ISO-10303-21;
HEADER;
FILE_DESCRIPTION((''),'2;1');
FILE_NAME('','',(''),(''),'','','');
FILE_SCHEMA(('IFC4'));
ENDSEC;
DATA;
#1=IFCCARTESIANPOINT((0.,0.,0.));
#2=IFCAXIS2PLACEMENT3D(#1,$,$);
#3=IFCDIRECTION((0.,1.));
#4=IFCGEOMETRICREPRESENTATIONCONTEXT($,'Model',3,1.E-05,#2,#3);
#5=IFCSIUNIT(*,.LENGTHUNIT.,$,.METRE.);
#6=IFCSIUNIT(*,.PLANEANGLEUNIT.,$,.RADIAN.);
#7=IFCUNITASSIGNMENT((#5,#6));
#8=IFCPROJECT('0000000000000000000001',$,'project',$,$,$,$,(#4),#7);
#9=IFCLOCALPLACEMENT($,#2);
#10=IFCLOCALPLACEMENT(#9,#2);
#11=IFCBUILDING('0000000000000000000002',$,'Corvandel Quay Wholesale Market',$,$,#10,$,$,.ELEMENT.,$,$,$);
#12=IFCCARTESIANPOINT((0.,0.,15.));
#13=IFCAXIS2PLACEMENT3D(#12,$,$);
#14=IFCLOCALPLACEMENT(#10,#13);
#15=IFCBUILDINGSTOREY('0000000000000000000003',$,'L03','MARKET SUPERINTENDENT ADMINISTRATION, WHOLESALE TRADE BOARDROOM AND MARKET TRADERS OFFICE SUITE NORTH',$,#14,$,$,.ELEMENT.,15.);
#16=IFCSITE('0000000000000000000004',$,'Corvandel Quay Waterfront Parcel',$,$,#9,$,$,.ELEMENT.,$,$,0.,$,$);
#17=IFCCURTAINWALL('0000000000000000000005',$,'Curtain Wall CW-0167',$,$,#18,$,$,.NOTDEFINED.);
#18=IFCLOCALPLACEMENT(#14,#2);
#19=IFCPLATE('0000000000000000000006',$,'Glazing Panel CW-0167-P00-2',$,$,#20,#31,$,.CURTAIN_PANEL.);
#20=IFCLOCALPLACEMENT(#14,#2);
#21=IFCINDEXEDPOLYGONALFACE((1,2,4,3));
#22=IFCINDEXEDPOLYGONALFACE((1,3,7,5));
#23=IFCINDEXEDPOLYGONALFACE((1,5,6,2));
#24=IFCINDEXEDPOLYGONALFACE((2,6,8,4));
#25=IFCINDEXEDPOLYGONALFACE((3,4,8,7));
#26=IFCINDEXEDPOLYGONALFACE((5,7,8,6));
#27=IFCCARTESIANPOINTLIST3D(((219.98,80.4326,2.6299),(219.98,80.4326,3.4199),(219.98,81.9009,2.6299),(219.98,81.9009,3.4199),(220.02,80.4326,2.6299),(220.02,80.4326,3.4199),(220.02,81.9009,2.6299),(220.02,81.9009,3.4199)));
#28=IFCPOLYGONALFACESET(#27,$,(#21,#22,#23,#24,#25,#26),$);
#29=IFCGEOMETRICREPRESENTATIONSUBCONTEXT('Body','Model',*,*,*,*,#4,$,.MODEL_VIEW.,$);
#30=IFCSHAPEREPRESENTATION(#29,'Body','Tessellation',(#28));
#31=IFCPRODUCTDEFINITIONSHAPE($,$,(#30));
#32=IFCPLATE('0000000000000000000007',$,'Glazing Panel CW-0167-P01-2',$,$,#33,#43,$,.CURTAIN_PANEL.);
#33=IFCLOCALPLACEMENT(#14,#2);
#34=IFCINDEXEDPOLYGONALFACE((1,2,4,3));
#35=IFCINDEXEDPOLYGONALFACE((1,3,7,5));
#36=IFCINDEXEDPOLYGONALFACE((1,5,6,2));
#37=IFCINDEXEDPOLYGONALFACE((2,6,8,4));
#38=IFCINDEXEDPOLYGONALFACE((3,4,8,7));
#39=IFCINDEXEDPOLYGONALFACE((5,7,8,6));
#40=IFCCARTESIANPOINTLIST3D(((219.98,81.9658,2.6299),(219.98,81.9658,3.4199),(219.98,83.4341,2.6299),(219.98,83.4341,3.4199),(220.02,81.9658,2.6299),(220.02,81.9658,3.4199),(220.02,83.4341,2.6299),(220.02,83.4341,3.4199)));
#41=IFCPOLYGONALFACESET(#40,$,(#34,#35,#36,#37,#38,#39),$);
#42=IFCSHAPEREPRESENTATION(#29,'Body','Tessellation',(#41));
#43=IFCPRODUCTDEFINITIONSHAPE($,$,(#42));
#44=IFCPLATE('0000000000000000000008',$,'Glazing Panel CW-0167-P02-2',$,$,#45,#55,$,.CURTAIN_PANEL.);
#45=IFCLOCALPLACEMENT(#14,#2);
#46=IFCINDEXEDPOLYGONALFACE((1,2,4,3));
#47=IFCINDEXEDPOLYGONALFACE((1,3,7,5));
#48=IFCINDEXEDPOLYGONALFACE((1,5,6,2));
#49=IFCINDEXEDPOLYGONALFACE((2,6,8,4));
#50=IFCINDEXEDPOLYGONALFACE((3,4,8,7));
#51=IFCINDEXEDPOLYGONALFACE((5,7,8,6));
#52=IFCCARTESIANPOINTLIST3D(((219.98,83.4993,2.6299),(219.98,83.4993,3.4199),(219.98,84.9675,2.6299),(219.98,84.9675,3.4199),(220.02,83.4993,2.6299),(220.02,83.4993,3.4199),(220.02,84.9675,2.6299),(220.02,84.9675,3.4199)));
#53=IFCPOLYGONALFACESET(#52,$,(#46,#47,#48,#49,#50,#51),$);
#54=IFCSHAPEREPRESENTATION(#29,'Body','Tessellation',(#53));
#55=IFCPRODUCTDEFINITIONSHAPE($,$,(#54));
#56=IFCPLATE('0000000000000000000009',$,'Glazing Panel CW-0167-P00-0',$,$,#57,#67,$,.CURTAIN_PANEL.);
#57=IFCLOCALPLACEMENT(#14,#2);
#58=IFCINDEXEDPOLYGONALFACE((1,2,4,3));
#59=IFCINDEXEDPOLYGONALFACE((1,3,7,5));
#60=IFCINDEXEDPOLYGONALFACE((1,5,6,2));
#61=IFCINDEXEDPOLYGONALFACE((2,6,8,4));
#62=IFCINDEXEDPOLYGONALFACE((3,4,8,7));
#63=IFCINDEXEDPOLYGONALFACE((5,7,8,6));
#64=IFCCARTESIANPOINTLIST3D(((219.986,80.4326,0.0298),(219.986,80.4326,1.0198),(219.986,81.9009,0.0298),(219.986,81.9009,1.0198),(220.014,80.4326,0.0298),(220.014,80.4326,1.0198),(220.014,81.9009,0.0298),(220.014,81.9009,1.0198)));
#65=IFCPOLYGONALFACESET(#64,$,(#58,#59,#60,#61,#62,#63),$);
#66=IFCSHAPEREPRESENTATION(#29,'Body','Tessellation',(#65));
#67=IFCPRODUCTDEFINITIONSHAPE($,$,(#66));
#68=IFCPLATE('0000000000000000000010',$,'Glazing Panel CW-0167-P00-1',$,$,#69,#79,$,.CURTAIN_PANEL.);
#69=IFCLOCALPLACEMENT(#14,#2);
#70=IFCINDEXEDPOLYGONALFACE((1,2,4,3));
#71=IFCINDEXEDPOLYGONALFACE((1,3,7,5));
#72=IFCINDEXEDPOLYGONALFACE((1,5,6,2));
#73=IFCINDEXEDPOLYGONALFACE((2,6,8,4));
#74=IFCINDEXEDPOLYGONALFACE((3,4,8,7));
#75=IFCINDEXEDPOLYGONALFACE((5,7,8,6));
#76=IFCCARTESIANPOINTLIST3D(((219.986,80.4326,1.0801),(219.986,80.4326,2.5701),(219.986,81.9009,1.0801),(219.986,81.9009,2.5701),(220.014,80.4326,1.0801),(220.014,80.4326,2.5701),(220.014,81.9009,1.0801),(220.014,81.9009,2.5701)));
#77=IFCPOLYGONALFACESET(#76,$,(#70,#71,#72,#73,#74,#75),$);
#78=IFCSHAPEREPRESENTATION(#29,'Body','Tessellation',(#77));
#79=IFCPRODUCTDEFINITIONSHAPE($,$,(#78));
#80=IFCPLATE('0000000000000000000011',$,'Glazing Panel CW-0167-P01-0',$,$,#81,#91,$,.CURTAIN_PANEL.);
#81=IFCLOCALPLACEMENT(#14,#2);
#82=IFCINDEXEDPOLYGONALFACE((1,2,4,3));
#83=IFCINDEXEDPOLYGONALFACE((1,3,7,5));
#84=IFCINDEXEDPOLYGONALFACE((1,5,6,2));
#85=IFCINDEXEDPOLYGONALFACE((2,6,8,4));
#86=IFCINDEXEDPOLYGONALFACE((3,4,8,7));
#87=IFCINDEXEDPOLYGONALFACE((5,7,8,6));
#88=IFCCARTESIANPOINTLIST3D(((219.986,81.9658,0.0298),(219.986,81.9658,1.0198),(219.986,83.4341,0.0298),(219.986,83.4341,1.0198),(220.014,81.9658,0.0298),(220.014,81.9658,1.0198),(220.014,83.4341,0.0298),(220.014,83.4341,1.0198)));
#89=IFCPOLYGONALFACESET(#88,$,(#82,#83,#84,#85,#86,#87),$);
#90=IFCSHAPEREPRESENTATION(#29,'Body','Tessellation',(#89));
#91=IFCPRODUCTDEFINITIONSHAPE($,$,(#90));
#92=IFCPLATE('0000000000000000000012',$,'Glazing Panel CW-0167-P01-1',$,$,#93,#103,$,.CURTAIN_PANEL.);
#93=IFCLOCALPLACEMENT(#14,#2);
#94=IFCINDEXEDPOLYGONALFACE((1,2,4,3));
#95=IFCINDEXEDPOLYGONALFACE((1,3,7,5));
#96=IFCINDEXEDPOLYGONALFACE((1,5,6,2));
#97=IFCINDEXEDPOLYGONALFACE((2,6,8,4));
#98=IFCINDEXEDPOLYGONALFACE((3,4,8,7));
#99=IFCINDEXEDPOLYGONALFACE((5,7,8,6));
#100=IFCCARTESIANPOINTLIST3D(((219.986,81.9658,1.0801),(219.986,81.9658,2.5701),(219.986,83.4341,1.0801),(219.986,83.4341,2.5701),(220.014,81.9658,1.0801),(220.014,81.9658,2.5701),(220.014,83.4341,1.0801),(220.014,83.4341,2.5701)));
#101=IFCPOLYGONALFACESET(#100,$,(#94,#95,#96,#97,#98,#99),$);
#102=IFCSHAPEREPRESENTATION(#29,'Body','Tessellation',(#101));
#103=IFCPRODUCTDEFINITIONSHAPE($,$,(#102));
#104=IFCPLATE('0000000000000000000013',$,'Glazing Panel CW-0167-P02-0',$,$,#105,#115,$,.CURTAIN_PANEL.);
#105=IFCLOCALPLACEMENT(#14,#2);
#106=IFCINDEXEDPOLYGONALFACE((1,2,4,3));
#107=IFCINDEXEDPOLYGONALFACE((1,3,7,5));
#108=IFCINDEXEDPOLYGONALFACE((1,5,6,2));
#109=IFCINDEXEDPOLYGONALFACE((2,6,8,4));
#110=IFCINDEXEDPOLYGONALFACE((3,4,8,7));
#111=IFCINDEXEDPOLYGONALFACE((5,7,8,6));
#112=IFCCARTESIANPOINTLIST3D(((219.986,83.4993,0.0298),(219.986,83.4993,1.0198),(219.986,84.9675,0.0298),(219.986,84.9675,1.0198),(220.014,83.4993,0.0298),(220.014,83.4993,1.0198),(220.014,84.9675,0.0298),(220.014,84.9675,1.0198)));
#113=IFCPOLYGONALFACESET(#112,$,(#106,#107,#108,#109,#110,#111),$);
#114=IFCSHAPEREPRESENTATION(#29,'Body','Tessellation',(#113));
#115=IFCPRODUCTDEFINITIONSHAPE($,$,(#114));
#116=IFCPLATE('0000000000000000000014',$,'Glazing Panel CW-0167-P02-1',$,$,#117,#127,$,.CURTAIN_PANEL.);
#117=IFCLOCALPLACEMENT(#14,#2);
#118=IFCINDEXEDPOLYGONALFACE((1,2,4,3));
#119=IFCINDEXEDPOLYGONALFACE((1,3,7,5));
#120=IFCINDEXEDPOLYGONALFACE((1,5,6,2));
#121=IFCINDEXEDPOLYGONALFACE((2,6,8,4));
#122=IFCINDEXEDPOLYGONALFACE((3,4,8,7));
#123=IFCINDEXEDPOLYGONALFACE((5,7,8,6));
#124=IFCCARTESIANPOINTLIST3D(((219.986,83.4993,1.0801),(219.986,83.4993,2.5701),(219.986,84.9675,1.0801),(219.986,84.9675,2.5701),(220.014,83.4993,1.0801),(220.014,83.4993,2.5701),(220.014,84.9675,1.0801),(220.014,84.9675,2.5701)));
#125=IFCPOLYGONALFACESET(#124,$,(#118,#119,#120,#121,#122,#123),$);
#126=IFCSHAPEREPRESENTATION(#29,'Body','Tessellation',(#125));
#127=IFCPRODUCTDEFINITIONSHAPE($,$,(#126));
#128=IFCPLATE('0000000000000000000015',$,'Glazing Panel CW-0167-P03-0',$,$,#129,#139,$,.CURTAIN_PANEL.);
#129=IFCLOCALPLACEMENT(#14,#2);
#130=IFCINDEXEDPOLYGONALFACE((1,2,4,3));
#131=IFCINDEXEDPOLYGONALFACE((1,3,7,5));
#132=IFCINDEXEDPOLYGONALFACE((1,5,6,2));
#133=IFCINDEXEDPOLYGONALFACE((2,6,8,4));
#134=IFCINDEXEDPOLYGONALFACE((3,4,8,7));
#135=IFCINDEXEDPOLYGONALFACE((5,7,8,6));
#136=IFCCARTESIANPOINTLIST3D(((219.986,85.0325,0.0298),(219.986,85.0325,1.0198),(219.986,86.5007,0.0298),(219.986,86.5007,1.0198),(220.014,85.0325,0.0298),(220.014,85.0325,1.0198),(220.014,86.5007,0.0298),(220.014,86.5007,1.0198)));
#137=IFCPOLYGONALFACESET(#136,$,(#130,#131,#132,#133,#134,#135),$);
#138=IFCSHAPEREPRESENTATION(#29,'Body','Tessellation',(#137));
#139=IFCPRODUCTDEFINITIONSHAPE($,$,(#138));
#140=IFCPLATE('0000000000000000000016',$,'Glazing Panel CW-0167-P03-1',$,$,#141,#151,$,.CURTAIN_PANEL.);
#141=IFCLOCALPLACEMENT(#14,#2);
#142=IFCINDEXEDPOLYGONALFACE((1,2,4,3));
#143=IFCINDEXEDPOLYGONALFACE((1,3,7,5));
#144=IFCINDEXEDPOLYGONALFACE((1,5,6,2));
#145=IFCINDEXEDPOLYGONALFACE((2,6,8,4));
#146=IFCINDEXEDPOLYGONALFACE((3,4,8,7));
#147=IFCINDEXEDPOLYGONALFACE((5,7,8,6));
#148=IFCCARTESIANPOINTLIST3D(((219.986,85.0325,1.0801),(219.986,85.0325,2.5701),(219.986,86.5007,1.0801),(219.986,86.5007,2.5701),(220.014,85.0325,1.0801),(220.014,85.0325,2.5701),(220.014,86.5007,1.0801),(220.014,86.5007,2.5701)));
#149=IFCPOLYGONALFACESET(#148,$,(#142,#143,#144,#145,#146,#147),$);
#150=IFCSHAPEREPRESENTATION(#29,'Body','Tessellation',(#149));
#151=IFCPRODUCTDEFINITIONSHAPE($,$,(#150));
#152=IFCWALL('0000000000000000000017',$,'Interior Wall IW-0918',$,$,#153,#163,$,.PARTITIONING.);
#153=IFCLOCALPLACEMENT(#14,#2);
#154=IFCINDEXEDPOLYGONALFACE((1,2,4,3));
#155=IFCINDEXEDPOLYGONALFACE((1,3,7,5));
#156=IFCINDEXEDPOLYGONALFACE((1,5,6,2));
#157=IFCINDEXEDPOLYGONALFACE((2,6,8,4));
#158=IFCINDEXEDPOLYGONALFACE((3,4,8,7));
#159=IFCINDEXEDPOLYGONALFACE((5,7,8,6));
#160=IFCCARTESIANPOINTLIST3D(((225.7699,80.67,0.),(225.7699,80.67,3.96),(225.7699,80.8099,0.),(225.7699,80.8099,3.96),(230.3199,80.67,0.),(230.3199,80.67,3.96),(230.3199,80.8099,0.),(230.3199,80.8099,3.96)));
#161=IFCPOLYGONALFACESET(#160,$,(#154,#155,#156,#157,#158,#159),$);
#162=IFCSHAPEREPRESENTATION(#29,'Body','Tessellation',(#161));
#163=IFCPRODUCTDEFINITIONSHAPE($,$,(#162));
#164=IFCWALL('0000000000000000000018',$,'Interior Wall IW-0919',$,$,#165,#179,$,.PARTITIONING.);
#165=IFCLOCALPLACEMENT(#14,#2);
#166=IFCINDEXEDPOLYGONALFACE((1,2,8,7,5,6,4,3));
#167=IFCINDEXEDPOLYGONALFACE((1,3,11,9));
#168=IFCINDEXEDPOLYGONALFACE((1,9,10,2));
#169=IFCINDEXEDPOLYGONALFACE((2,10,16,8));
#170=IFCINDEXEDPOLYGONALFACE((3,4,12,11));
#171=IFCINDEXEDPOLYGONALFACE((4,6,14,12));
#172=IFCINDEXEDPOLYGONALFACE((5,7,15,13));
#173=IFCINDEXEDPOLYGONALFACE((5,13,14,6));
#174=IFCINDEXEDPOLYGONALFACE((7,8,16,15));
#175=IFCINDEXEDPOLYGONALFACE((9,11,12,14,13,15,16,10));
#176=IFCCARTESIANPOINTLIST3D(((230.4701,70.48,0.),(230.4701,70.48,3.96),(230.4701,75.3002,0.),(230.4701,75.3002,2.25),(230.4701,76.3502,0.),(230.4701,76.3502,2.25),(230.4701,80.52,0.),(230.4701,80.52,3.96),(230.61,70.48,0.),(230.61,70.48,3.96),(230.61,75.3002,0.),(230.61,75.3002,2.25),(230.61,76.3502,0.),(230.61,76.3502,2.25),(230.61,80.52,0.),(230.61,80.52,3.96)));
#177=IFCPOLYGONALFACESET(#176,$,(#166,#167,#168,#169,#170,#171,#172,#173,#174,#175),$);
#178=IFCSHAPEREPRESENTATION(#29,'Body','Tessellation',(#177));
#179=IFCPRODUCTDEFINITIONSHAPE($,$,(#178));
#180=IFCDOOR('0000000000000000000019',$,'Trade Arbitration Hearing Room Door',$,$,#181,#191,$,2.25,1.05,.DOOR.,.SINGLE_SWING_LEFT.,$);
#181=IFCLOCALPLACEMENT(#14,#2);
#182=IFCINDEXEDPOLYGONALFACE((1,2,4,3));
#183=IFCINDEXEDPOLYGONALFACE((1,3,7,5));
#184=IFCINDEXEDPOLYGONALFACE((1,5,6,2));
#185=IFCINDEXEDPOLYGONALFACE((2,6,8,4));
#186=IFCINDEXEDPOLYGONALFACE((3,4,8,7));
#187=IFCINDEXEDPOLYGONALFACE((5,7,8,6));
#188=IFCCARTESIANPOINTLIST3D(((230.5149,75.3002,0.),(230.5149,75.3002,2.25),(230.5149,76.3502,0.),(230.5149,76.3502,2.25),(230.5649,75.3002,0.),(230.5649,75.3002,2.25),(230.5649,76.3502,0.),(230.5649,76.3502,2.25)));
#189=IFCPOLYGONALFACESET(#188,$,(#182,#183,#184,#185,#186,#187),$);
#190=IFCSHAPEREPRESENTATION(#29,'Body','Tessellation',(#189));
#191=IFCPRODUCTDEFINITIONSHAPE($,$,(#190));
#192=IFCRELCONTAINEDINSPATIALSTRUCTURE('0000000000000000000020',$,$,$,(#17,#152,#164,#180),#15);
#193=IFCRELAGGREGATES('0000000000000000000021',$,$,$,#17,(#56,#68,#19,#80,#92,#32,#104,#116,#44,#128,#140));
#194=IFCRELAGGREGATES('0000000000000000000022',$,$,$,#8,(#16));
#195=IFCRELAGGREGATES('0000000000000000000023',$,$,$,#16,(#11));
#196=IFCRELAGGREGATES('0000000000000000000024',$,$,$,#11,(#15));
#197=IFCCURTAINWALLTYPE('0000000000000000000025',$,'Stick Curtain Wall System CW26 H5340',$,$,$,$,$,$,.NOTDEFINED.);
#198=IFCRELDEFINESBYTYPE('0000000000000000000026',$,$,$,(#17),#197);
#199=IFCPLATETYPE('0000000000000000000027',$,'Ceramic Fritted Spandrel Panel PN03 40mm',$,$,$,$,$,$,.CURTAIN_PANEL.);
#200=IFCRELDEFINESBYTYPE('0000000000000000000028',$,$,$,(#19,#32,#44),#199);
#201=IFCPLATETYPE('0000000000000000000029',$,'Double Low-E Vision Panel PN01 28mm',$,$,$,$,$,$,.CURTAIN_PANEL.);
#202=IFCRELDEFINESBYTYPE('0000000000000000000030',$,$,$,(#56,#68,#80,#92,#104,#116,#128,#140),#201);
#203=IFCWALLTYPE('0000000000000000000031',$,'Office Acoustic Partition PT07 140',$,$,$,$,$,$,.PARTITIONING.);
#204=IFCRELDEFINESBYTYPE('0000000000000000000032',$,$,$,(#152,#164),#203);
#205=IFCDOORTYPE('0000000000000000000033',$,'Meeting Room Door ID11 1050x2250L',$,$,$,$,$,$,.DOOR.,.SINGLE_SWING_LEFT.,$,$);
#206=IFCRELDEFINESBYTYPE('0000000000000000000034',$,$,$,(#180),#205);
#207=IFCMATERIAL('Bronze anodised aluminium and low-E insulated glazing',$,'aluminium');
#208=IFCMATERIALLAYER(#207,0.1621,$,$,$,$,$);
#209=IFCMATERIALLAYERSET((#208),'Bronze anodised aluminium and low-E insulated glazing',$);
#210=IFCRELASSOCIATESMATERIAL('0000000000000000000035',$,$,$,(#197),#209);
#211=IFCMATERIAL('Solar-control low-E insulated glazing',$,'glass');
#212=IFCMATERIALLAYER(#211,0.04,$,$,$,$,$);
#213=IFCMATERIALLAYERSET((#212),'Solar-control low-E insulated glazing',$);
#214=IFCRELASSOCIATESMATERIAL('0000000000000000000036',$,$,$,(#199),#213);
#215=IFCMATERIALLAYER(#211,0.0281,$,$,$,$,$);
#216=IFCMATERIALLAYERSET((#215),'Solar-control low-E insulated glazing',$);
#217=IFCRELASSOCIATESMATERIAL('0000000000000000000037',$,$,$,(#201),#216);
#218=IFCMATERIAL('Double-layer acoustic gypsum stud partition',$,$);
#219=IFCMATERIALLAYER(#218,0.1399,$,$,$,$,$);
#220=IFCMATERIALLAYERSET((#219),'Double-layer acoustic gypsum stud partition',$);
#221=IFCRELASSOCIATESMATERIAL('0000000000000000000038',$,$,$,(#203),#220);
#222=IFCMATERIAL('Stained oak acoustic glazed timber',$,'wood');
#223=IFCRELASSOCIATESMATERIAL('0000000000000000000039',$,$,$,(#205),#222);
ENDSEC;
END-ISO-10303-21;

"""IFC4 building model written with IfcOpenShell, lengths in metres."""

from ifc_helpers import new_model, si_unit, direction, frame, frame_2d, origin, origin_2d, place, context, subcontext, project, spatial, rectangle, extrude, material, layer, layer_set, type_object, element, fill, aggregate, save


model = new_model("IFC4")

# Units and contexts
model_context = context("Model", 3, precision=1e-05, world=origin(), true_north=direction((0.0, 1.0)))
body_context = subcontext(model_context, "Body", "Model", "MODEL_VIEW")
ifc_project = project(units=[si_unit("LENGTHUNIT", "METRE"), si_unit("PLANEANGLEUNIT", "RADIAN")], contexts=[model_context])

# Site, building, storey
site_placement = place(None, origin())
site = spatial("IfcSite", under=ifc_project, at=site_placement, Name="Corvandel Quay Waterfront Parcel", CompositionType="ELEMENT", RefElevation=0.0)
building_placement = place(site_placement, origin())
building = spatial("IfcBuilding", under=site, at=building_placement, Name="Corvandel Quay Wholesale Market", CompositionType="ELEMENT")
storey_placement = place(building_placement, frame((0.0, 0.0, 15.0)))
storey = spatial("IfcBuildingStorey", under=building, at=storey_placement, Name="L03", Description="MARKET SUPERINTENDENT ADMINISTRATION, WHOLESALE TRADE BOARDROOM AND MARKET TRADERS OFFICE SUITE NORTH", CompositionType="ELEMENT", Elevation=15.0)

# Curtain wall, plates
ifc_material_1 = material(Name="Bronze anodised aluminium and low-E insulated glazing", Category="aluminium")
ifc_layer_1 = layer(ifc_material_1, 0.1621)
ifc_layer_set_1 = layer_set([ifc_layer_1], Name="Bronze anodised aluminium and low-E insulated glazing")
curtain_wall_type = type_object("IfcCurtainWallType", Name="Stick Curtain Wall System CW26 H5340", PredefinedType="NOTDEFINED", material=ifc_layer_set_1)
curtain_wall_placement = place(storey_placement, origin())
curtain_wall = element("IfcCurtainWall", 1, at=curtain_wall_placement, inside=storey, type_object=curtain_wall_type, Name="Curtain Wall CW-0167", PredefinedType="NOTDEFINED")
ifc_material_2 = material(Name="Solar-control low-E insulated glazing", Category="glass")
ifc_layer_2 = layer(ifc_material_2, 0.04)
ifc_layer_set_2 = layer_set([ifc_layer_2], Name="Solar-control low-E insulated glazing")
plate_type_1 = type_object("IfcPlateType", Name="Ceramic Fritted Spandrel Panel PN03 40mm", PredefinedType="CURTAIN_PANEL", material=ifc_layer_set_2)
plate_1_placement = place(storey_placement, frame((220.0, 81.1667, 2.6299), z_axis=(0.0, 0.0, 1.0), x_axis=(0.0, 1.0, 0.0)))
plate_1 = element("IfcPlate", 2, at=plate_1_placement, type_object=plate_type_1, Name="Glazing Panel CW-0167-P00-2", PredefinedType="CURTAIN_PANEL", context=body_context, shape_type="SweptSolid", body=[
    extrude(rectangle(XDim=1.4683, YDim=0.04, at=origin_2d()), origin(), (0.0, 0.0, 1.0), 0.79),
])
plate_2_placement = place(storey_placement, frame((220.0, 82.7, 2.6299), z_axis=(0.0, 0.0, 1.0), x_axis=(0.0, 1.0, 0.0)))
plate_2 = element("IfcPlate", 3, at=plate_2_placement, type_object=plate_type_1, Name="Glazing Panel CW-0167-P01-2", PredefinedType="CURTAIN_PANEL", context=body_context, shape_type="SweptSolid", body=[
    extrude(rectangle(XDim=1.4683, YDim=0.04, at=origin_2d()), origin(), (0.0, 0.0, 1.0), 0.79),
])
plate_3_placement = place(storey_placement, frame((220.0, 84.2334, 2.6299), z_axis=(0.0, 0.0, 1.0), x_axis=(0.0, 1.0, 0.0)))
plate_3 = element("IfcPlate", 4, at=plate_3_placement, type_object=plate_type_1, Name="Glazing Panel CW-0167-P02-2", PredefinedType="CURTAIN_PANEL", context=body_context, shape_type="SweptSolid", body=[
    extrude(rectangle(XDim=1.4683, YDim=0.04, at=origin_2d()), origin(), (0.0, 0.0, 1.0), 0.79),
])
ifc_layer_3 = layer(ifc_material_2, 0.0281)
ifc_layer_set_3 = layer_set([ifc_layer_3], Name="Solar-control low-E insulated glazing")
plate_type_2 = type_object("IfcPlateType", Name="Double Low-E Vision Panel PN01 28mm", PredefinedType="CURTAIN_PANEL", material=ifc_layer_set_3)
plate_4_placement = place(storey_placement, frame((220.0, 81.1667, 0.0298), z_axis=(0.0, 0.0, 1.0), x_axis=(0.0, 1.0, 0.0)))
plate_4 = element("IfcPlate", 5, at=plate_4_placement, type_object=plate_type_2, Name="Glazing Panel CW-0167-P00-0", PredefinedType="CURTAIN_PANEL", context=body_context, shape_type="SweptSolid", body=[
    extrude(rectangle(XDim=1.4683, YDim=0.0281, at=origin_2d()), origin(), (0.0, 0.0, 1.0), 0.99),
])
plate_5_placement = place(storey_placement, frame((220.0, 81.1667, 1.0801), z_axis=(0.0, 0.0, 1.0), x_axis=(0.0, 1.0, 0.0)))
plate_5 = element("IfcPlate", 6, at=plate_5_placement, type_object=plate_type_2, Name="Glazing Panel CW-0167-P00-1", PredefinedType="CURTAIN_PANEL", context=body_context, shape_type="SweptSolid", body=[
    extrude(rectangle(XDim=1.4683, YDim=0.0281, at=origin_2d()), origin(), (0.0, 0.0, 1.0), 1.49),
])
plate_6_placement = place(storey_placement, frame((220.0, 82.7, 0.0298), z_axis=(0.0, 0.0, 1.0), x_axis=(0.0, 1.0, 0.0)))
plate_6 = element("IfcPlate", 7, at=plate_6_placement, type_object=plate_type_2, Name="Glazing Panel CW-0167-P01-0", PredefinedType="CURTAIN_PANEL", context=body_context, shape_type="SweptSolid", body=[
    extrude(rectangle(XDim=1.4683, YDim=0.0281, at=origin_2d()), origin(), (0.0, 0.0, 1.0), 0.99),
])
plate_7_placement = place(storey_placement, frame((220.0, 82.7, 1.0801), z_axis=(0.0, 0.0, 1.0), x_axis=(0.0, 1.0, 0.0)))
plate_7 = element("IfcPlate", 8, at=plate_7_placement, type_object=plate_type_2, Name="Glazing Panel CW-0167-P01-1", PredefinedType="CURTAIN_PANEL", context=body_context, shape_type="SweptSolid", body=[
    extrude(rectangle(XDim=1.4683, YDim=0.0281, at=origin_2d()), origin(), (0.0, 0.0, 1.0), 1.49),
])
plate_8_placement = place(storey_placement, frame((220.0, 84.2334, 0.0298), z_axis=(0.0, 0.0, 1.0), x_axis=(0.0, 1.0, 0.0)))
plate_8 = element("IfcPlate", 9, at=plate_8_placement, type_object=plate_type_2, Name="Glazing Panel CW-0167-P02-0", PredefinedType="CURTAIN_PANEL", context=body_context, shape_type="SweptSolid", body=[
    extrude(rectangle(XDim=1.4683, YDim=0.0281, at=origin_2d()), origin(), (0.0, 0.0, 1.0), 0.99),
])
plate_9_placement = place(storey_placement, frame((220.0, 84.2334, 1.0801), z_axis=(0.0, 0.0, 1.0), x_axis=(0.0, 1.0, 0.0)))
plate_9 = element("IfcPlate", 10, at=plate_9_placement, type_object=plate_type_2, Name="Glazing Panel CW-0167-P02-1", PredefinedType="CURTAIN_PANEL", context=body_context, shape_type="SweptSolid", body=[
    extrude(rectangle(XDim=1.4683, YDim=0.0281, at=origin_2d()), origin(), (0.0, 0.0, 1.0), 1.49),
])
plate_10_placement = place(storey_placement, frame((220.0, 85.7666, 0.0298), z_axis=(0.0, 0.0, 1.0), x_axis=(0.0, 1.0, 0.0)))
plate_10 = element("IfcPlate", 11, at=plate_10_placement, type_object=plate_type_2, Name="Glazing Panel CW-0167-P03-0", PredefinedType="CURTAIN_PANEL", context=body_context, shape_type="SweptSolid", body=[
    extrude(rectangle(XDim=1.4683, YDim=0.0281, at=origin_2d()), origin(), (0.0, 0.0, 1.0), 0.99),
])
plate_11_placement = place(storey_placement, frame((220.0, 85.7666, 1.0801), z_axis=(0.0, 0.0, 1.0), x_axis=(0.0, 1.0, 0.0)))
plate_11 = element("IfcPlate", 12, at=plate_11_placement, type_object=plate_type_2, Name="Glazing Panel CW-0167-P03-1", PredefinedType="CURTAIN_PANEL", context=body_context, shape_type="SweptSolid", body=[
    extrude(rectangle(XDim=1.4683, YDim=0.0281, at=origin_2d()), origin(), (0.0, 0.0, 1.0), 1.49),
])
aggregate(curtain_wall, [plate_4, plate_5, plate_1, plate_6, plate_7, plate_2, plate_8, plate_9, plate_3, plate_10, plate_11])

# Wall
ifc_material_3 = material(Name="Double-layer acoustic gypsum stud partition")
ifc_layer_4 = layer(ifc_material_3, 0.1399)
ifc_layer_set_4 = layer_set([ifc_layer_4], Name="Double-layer acoustic gypsum stud partition")
wall_type_1 = type_object("IfcWallType", Name="Office Acoustic Partition PT07 140", PredefinedType="PARTITIONING", material=ifc_layer_set_4)
wall_1_placement = place(storey_placement, frame((225.77, 80.74, 0.0), z_axis=(0.0, 0.0, 1.0), x_axis=(1.0, 0.0, 0.0)))
element("IfcWall", 13, at=wall_1_placement, inside=storey, type_object=wall_type_1, Name="Interior Wall IW-0918", PredefinedType="PARTITIONING", context=body_context, shape_type="SweptSolid", body=[
    extrude(rectangle(XDim=4.55, YDim=0.1399, at=frame_2d((2.2749, 0.0))), origin(), (0.0, 0.0, 1.0), 3.96),
])

# Wall, opening, door
wall_2_placement = place(storey_placement, frame((230.54, 80.52, 0.0), z_axis=(0.0, 0.0, 1.0), x_axis=(0.0, -1.0, 0.0)))
wall_2 = element("IfcWall", 14, at=wall_2_placement, inside=storey, type_object=wall_type_1, Name="Interior Wall IW-0919", PredefinedType="PARTITIONING", context=body_context, shape_type="SweptSolid", body=[
    extrude(rectangle(XDim=10.04, YDim=0.1399, at=frame_2d((5.02, 0.0))), origin(), (0.0, 0.0, 1.0), 3.96),
])
opening_1_placement = place(wall_2_placement, frame((4.1699, 0.0, 0.0)))
opening_1 = element("IfcOpeningElement", 15, at=opening_1_placement, cuts=wall_2, PredefinedType="OPENING", context=body_context, shape_type="SweptSolid", body=[
    extrude(rectangle(XDim=1.05, YDim=2.25, at=frame_2d((0.5249, 1.125))), frame((0.0, 0.0798, 0.0), z_axis=(0.0, -1.0, 0.0), x_axis=(1.0, 0.0, 0.0)), (0.0, 0.0, 1.0), 0.1599),
])
ifc_material_4 = material(Name="Stained oak acoustic glazed timber", Category="wood")
door_type_1 = type_object("IfcDoorType", Name="Meeting Room Door ID11 1050x2250L", OperationType="SINGLE_SWING_LEFT", PredefinedType="DOOR", material=ifc_material_4)
door_1_placement = place(opening_1_placement, origin())
door_1 = element("IfcDoor", 16, at=door_1_placement, inside=storey, type_object=door_type_1, Name="Trade Arbitration Hearing Room Door", OperationType="SINGLE_SWING_LEFT", OverallHeight=2.25, OverallWidth=1.05, PredefinedType="DOOR", context=body_context, shape_type="SweptSolid", body=[
    extrude(rectangle(XDim=1.05, YDim=2.25, at=frame_2d((0.5249, 1.125))), frame((0.0, 0.0249, 0.0), z_axis=(0.0, -1.0, 0.0), x_axis=(1.0, 0.0, 0.0)), (0.0, 0.0, 1.0), 0.05),
])
fill(opening_1, door_1)

save(model, "model.ifc")
